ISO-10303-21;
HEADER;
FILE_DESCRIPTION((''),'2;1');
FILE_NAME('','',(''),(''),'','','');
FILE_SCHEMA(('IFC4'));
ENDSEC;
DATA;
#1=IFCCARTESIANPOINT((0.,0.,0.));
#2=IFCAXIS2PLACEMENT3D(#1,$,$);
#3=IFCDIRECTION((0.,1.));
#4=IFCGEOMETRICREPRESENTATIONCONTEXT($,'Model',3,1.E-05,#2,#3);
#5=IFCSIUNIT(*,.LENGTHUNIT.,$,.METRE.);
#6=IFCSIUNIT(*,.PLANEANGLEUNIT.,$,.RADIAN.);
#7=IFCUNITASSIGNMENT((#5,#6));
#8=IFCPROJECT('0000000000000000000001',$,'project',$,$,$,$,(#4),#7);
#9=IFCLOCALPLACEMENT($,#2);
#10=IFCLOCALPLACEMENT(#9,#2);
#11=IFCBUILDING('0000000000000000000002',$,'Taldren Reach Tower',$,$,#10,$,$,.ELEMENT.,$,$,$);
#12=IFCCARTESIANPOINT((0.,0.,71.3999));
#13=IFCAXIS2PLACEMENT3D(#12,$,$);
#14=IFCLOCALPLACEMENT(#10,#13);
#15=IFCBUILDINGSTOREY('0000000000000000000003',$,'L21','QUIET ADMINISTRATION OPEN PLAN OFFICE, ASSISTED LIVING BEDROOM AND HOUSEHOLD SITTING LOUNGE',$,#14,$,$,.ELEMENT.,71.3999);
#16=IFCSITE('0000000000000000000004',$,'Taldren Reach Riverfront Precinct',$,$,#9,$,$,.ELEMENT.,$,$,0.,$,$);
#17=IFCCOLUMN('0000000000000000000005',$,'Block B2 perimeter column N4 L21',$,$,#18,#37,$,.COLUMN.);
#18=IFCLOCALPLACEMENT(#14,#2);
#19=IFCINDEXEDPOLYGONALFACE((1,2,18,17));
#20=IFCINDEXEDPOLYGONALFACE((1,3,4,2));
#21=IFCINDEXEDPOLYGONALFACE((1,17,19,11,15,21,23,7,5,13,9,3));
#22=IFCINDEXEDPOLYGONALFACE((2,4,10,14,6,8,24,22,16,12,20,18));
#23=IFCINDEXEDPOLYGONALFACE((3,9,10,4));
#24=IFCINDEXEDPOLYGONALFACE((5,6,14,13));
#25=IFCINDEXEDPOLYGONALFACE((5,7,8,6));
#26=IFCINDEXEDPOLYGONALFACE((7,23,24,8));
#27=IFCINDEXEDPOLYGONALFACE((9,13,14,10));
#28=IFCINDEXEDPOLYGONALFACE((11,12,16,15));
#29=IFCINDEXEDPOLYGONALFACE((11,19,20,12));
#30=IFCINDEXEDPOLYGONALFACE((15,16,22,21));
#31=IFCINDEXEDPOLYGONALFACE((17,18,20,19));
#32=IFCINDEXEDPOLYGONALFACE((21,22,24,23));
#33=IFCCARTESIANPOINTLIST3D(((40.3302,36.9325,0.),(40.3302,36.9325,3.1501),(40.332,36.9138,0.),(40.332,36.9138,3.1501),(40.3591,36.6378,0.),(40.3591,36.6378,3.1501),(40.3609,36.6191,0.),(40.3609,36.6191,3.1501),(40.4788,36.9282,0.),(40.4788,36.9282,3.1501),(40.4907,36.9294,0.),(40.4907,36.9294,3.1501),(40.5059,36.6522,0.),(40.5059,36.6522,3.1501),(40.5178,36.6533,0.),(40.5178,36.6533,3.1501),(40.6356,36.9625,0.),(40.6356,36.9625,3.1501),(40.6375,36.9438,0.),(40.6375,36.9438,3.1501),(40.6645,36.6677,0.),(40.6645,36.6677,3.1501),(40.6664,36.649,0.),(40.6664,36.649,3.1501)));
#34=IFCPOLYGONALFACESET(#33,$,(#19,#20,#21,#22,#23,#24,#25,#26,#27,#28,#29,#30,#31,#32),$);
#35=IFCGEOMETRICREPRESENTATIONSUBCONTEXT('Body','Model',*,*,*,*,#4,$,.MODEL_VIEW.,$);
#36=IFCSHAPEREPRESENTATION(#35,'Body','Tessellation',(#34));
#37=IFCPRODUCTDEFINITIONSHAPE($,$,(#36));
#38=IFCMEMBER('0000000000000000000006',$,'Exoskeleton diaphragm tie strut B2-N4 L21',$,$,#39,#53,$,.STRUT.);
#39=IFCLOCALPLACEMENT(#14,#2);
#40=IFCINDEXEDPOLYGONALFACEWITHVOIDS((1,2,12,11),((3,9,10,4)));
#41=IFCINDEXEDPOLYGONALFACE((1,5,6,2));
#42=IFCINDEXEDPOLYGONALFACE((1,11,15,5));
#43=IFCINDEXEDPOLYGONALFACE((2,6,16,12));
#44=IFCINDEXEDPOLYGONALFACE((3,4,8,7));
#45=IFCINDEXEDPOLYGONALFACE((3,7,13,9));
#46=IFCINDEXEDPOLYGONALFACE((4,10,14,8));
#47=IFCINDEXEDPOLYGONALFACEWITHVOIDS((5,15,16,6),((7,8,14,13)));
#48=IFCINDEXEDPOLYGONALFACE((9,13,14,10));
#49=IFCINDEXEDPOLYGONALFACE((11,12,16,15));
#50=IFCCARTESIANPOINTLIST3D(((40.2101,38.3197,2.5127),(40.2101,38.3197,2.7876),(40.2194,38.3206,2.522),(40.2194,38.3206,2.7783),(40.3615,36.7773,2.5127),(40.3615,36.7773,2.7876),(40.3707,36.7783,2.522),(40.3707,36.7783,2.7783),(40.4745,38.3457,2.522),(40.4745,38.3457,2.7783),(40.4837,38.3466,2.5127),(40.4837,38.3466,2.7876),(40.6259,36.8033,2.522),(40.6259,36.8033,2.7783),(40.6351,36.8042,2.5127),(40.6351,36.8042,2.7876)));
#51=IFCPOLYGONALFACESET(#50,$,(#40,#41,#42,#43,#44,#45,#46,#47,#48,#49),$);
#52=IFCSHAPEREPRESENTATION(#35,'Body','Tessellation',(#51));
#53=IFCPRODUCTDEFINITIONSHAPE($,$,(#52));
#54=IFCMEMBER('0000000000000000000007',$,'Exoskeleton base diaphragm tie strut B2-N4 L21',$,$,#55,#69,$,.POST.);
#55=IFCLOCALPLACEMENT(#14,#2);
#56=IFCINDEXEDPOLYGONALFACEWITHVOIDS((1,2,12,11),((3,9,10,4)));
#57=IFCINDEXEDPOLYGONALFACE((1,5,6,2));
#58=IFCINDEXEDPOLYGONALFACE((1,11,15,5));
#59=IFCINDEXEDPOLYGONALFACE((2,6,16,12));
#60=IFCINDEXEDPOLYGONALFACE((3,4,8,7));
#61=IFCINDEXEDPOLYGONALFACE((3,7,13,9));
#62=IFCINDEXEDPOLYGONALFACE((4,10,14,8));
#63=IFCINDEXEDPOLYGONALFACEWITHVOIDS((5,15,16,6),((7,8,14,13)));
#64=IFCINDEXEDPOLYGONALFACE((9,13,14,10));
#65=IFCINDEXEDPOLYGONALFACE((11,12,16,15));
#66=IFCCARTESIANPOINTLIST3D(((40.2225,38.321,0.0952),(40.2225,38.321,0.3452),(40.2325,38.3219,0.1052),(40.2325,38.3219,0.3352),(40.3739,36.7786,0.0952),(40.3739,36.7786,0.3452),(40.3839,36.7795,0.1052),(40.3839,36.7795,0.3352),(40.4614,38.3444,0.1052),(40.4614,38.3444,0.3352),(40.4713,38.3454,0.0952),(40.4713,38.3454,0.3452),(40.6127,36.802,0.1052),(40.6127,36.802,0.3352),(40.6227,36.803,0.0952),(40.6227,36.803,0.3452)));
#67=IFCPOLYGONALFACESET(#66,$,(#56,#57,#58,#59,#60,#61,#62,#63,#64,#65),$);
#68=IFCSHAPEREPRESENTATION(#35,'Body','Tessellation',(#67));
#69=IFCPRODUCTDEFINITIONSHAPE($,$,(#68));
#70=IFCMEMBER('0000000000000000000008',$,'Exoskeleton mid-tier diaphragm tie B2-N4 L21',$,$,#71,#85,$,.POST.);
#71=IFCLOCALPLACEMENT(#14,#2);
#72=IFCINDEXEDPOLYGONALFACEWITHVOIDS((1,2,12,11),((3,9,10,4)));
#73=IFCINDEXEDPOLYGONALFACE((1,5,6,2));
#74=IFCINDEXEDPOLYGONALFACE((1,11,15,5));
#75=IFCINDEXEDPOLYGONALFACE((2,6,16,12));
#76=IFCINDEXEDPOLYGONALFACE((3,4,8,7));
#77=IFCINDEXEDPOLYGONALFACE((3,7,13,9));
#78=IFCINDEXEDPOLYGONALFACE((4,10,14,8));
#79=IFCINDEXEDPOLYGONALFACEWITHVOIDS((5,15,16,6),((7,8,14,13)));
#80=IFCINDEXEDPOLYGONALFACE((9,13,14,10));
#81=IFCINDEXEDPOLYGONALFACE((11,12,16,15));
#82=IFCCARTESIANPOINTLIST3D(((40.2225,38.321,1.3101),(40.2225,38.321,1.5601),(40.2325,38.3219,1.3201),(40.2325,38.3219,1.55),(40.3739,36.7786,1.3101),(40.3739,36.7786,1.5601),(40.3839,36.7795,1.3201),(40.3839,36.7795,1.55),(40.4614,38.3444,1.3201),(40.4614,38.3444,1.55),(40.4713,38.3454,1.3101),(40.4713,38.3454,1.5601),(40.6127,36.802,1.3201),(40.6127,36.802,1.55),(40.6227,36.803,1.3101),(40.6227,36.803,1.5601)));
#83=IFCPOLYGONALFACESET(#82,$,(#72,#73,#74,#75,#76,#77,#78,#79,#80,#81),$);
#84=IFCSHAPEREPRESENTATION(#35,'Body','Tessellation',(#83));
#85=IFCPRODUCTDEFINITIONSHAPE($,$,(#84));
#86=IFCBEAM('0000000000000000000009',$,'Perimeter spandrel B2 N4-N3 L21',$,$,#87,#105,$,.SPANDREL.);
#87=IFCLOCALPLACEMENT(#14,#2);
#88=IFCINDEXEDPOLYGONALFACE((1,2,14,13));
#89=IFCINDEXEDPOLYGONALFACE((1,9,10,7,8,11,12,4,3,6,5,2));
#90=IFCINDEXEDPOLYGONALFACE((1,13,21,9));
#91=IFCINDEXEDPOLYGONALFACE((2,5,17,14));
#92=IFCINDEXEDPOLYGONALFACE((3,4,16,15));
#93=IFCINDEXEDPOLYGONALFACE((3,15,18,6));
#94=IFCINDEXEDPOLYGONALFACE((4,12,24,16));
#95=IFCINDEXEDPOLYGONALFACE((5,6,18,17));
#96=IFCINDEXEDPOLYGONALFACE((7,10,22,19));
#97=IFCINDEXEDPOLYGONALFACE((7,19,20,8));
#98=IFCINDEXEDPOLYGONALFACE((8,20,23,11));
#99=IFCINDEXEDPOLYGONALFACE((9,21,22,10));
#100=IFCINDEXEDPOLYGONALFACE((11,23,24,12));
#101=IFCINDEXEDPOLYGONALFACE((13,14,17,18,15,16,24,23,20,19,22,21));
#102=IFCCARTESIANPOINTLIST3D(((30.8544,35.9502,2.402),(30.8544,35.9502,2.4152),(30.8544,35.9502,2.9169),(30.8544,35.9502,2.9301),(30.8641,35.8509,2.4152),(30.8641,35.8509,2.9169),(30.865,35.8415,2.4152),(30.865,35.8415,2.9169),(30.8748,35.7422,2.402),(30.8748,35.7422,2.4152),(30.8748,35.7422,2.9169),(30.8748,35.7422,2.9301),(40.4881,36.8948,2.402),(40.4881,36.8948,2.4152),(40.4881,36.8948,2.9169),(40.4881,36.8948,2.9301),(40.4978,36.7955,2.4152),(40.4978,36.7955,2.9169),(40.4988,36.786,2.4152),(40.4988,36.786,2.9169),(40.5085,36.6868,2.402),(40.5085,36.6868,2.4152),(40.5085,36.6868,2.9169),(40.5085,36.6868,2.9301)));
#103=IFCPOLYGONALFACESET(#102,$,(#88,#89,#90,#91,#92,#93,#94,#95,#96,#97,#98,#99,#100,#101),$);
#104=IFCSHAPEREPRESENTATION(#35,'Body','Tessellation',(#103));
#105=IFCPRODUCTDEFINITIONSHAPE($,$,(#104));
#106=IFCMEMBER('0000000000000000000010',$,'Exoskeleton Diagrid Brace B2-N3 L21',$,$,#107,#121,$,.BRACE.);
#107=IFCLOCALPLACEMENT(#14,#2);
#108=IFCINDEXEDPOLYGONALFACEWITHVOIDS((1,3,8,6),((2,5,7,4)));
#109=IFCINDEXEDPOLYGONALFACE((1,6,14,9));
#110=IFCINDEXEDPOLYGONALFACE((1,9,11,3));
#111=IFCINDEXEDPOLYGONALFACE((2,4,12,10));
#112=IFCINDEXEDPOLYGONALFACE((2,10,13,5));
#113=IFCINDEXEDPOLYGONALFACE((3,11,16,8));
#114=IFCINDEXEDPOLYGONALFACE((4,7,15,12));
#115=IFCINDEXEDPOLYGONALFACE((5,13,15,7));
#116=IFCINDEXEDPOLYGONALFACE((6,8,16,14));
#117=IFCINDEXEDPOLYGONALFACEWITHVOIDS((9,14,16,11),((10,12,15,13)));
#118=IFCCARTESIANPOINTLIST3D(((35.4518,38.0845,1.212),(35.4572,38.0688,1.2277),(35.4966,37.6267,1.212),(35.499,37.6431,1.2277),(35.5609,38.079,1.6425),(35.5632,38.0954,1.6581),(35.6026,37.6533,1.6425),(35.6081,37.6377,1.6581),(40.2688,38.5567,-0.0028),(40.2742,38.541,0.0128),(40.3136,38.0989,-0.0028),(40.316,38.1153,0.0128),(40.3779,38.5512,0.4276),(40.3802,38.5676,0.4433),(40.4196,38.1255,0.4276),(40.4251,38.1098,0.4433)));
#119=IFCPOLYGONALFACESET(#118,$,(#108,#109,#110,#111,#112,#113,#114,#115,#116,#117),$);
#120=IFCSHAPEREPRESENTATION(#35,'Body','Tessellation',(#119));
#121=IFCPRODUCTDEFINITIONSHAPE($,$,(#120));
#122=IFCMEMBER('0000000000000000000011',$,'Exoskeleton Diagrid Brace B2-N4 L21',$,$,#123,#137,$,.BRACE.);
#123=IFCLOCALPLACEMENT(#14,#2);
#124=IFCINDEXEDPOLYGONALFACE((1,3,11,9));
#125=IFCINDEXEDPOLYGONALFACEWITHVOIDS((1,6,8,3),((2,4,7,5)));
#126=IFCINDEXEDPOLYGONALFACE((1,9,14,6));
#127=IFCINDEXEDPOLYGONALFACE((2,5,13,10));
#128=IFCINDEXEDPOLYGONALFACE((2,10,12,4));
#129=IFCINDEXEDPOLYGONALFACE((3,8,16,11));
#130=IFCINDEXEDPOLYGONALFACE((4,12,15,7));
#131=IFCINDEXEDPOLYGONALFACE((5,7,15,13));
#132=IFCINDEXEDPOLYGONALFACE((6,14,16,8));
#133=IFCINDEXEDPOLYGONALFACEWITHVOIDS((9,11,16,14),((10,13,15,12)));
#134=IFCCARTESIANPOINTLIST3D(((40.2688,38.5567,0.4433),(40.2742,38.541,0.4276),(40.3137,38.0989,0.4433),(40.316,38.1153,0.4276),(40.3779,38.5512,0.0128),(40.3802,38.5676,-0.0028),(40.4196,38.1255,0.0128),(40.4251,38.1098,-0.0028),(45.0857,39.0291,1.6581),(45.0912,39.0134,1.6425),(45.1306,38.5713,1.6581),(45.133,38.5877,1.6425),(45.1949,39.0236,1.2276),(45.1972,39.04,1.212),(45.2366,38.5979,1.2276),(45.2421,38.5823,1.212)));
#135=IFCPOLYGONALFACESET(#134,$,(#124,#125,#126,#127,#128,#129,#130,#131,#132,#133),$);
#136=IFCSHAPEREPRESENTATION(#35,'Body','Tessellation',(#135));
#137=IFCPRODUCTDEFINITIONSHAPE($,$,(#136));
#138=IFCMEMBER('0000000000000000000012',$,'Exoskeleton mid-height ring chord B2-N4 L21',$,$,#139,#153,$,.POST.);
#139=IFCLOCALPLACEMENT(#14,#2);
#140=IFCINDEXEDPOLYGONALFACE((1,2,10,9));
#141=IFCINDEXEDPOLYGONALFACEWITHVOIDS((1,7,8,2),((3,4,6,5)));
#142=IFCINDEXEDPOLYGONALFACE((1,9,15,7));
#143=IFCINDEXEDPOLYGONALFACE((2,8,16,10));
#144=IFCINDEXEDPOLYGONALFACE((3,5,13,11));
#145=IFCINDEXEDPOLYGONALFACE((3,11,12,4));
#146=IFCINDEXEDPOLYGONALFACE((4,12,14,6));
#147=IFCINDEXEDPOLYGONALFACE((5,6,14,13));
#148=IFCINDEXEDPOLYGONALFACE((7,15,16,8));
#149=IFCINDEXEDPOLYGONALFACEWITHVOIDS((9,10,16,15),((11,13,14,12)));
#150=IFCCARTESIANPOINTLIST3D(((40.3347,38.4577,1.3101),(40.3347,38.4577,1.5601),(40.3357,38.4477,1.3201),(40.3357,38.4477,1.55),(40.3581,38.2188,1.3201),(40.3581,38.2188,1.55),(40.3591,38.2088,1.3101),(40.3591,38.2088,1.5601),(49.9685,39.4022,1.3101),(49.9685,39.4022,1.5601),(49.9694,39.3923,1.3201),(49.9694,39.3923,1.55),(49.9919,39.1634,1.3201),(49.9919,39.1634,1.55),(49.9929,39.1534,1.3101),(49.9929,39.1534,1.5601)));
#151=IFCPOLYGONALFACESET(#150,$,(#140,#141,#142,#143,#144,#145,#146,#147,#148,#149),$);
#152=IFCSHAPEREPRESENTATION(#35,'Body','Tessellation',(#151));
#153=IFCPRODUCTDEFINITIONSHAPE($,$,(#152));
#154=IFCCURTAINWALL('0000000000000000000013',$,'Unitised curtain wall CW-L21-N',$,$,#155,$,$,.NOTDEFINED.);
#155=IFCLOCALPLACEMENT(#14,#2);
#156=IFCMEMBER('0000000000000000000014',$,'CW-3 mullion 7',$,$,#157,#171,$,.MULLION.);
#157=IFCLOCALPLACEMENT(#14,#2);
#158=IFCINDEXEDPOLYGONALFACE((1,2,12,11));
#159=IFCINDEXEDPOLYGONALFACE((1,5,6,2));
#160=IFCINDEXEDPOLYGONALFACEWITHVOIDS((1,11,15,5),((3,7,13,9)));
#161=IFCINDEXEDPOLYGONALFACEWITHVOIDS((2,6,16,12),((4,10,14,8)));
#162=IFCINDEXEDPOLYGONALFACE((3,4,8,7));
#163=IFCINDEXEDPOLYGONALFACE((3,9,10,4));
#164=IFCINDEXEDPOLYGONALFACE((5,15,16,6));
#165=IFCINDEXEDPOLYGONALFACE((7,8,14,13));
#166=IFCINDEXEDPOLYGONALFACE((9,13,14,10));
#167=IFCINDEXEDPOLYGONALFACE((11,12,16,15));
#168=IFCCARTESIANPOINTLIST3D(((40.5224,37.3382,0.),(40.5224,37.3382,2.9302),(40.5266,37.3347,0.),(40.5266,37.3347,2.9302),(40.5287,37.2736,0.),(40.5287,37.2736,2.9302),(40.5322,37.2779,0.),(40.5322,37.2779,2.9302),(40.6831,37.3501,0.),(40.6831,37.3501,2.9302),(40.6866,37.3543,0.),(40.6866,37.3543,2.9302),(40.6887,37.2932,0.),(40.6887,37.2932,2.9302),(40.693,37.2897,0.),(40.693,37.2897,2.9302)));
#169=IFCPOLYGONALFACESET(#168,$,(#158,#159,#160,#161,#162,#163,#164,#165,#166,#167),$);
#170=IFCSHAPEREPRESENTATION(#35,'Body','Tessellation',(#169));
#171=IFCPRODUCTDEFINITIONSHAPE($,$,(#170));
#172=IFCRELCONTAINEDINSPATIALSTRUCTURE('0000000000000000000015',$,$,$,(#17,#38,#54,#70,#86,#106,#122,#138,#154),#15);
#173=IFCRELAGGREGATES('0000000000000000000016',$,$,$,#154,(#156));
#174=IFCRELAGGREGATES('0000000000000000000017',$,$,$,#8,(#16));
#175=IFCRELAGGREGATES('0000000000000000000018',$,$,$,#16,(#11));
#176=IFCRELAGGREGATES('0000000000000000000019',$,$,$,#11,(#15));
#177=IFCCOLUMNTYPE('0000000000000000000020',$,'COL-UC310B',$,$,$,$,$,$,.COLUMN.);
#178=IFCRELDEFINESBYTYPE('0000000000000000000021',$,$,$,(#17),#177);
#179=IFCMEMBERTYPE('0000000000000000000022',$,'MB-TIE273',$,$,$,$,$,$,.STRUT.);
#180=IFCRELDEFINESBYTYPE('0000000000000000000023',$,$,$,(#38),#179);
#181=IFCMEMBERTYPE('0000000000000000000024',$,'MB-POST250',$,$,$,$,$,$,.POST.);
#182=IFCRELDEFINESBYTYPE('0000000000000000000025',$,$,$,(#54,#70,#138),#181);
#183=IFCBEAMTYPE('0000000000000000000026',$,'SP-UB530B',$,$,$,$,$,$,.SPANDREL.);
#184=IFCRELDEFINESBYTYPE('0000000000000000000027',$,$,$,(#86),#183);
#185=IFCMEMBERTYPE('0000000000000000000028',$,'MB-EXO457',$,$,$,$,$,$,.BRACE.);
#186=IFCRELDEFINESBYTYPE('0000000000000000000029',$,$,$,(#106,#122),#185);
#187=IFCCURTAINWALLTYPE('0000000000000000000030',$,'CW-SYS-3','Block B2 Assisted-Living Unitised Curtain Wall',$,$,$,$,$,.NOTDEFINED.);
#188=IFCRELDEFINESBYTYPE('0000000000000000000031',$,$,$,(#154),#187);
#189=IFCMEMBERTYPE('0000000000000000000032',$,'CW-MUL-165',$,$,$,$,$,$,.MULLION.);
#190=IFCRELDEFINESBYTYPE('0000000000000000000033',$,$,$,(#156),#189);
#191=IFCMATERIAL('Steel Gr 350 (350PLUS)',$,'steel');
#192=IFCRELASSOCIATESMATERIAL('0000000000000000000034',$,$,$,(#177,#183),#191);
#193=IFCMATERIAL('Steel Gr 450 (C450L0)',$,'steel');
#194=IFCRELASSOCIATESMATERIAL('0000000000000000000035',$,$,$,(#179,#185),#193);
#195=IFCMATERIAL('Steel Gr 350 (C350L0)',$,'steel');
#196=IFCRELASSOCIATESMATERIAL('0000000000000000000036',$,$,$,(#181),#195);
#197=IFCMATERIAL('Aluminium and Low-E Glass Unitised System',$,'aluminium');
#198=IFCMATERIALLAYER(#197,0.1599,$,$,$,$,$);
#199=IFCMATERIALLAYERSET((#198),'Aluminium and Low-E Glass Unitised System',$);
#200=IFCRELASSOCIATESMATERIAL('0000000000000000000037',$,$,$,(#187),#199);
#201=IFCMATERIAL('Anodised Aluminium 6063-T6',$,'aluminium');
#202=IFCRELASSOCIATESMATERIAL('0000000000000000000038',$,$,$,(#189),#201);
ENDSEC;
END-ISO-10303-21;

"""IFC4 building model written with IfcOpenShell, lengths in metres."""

from ifc_helpers import new_model, si_unit, direction, frame, origin, origin_2d, place, context, subcontext, project, spatial, hollow_rectangle, i_section, extrude, source, transform, mapped, material, layer, layer_set, material_profile, profile_set, type_object, element, aggregate, save


model = new_model("IFC4")

# Units and contexts
model_context = context("Model", 3, precision=1e-05, world=origin(), true_north=direction((0.0, 1.0)))
body_context = subcontext(model_context, "Body", "Model", "MODEL_VIEW")
ifc_project = project(units=[si_unit("LENGTHUNIT", "METRE"), si_unit("PLANEANGLEUNIT", "RADIAN")], contexts=[model_context])

# Site, building, storey
site_placement = place(None, origin())
site = spatial("IfcSite", under=ifc_project, at=site_placement, Name="Taldren Reach Riverfront Precinct", CompositionType="ELEMENT", RefElevation=0.0)
building_placement = place(site_placement, origin())
building = spatial("IfcBuilding", under=site, at=building_placement, Name="Taldren Reach Tower", CompositionType="ELEMENT")
storey_placement = place(building_placement, frame((0.0, 0.0, 71.3999)))
storey = spatial("IfcBuildingStorey", under=building, at=storey_placement, Name="L21", Description="QUIET ADMINISTRATION OPEN PLAN OFFICE, ASSISTED LIVING BEDROOM AND HOUSEHOLD SITTING LOUNGE", CompositionType="ELEMENT", Elevation=71.3999)

# Column
ifc_material_1 = material(Name="Steel Gr 350 (350PLUS)", Category="steel")
ifc_material_profile_1 = material_profile(ifc_material_1, i_section(OverallWidth=0.3069, OverallDepth=0.3149, WebThickness=0.012, FlangeThickness=0.0188, at=origin_2d()), Name="310UC118")
ifc_profile_set_1 = profile_set([ifc_material_profile_1], Name="Steel Gr 350 (350PLUS)")
column_type = type_object("IfcColumnType", Name="COL-UC310B", PredefinedType="COLUMN", material=ifc_profile_set_1)
shared_shape_1 = source(origin(), body_context, "Body", "SweptSolid", [
    extrude(i_section(OverallWidth=0.3069, OverallDepth=0.3149, WebThickness=0.012, FlangeThickness=0.0188, at=origin_2d()), origin(), (0.0, 0.0, 1.0), 3.1501),
])
column_placement = place(storey_placement, frame((40.4983, 36.7908, 0.0), z_axis=(0.0, 0.0, 1.0), x_axis=(0.995227, 0.097583, 0.0)))
element("IfcColumn", 1, at=column_placement, inside=storey, type_object=column_type, Name="Block B2 perimeter column N4 L21", PredefinedType="COLUMN", context=body_context, shape_type="MappedRepresentation", body=[
    mapped(shared_shape_1, transform((0.0, 0.0, 0.0), scale=1.0)),
])

# Members
ifc_material_2 = material(Name="Steel Gr 450 (C450L0)", Category="steel")
ifc_material_profile_2 = material_profile(ifc_material_2, hollow_rectangle(XDim=0.2749, YDim=0.2749, WallThickness=0.0093, at=origin_2d()), Name="275x275x9.3SHS")
ifc_profile_set_2 = profile_set([ifc_material_profile_2], Name="Steel Gr 450 (C450L0)")
member_type_1 = type_object("IfcMemberType", Name="MB-TIE273", PredefinedType="STRUT", material=ifc_profile_set_2)
shared_shape_2 = source(origin(), body_context, "Body", "SweptSolid", [
    extrude(hollow_rectangle(XDim=0.2749, YDim=0.2749, WallThickness=0.0093, at=origin_2d()), origin(), (0.0, 0.0, 1.0), 1.5498),
])
member_1_placement = place(storey_placement, frame((40.4983, 36.7908, 2.6501), z_axis=(-0.097663, 0.99522, 0.0), x_axis=(-0.99522, -0.097663, 0.0)))
element("IfcMember", 2, at=member_1_placement, inside=storey, type_object=member_type_1, Name="Exoskeleton diaphragm tie strut B2-N4 L21", PredefinedType="STRUT", context=body_context, shape_type="MappedRepresentation", body=[
    mapped(shared_shape_2, transform((0.0, 0.0, 0.0), scale=1.0)),
])
ifc_material_3 = material(Name="Steel Gr 350 (C350L0)", Category="steel")
ifc_material_profile_3 = material_profile(ifc_material_3, hollow_rectangle(XDim=0.25, YDim=0.25, WallThickness=0.01, at=origin_2d()), Name="250x250x10.0SHS")
ifc_profile_set_3 = profile_set([ifc_material_profile_3], Name="Steel Gr 350 (C350L0)")
member_type_2 = type_object("IfcMemberType", Name="MB-POST250", PredefinedType="POST", material=ifc_profile_set_3)
shared_shape_3 = source(origin(), body_context, "Body", "SweptSolid", [
    extrude(hollow_rectangle(XDim=0.25, YDim=0.25, WallThickness=0.01, at=origin_2d()), origin(), (0.0, 0.0, 1.0), 1.5498),
])
for number, where, z_axis, x_axis, name in (
    (3, (40.4983, 36.7908, 0.2202), (-0.097663, 0.99522, 0.0), (-0.99522, -0.097663, 0.0), "Exoskeleton base diaphragm tie strut B2-N4 L21"),
    (4, (40.4983, 36.7908, 1.4351), (-0.097663, 0.99522, 0.0), (-0.99522, -0.097663, 0.0), "Exoskeleton mid-tier diaphragm tie B2-N4 L21"),
):
    element("IfcMember", number, at=place(storey_placement, frame(where, z_axis=z_axis, x_axis=x_axis)), inside=storey, type_object=member_type_2, Name=name, PredefinedType="POST", context=body_context, shape_type="MappedRepresentation", body=[
        mapped(shared_shape_3, transform((0.0, 0.0, 0.0), scale=1.0)),
    ])

# Beam
ifc_material_profile_4 = material_profile(ifc_material_1, i_section(OverallWidth=0.209, OverallDepth=0.5281, WebThickness=0.0095, FlangeThickness=0.0132, at=origin_2d()), Name="530UB82.0")
ifc_profile_set_4 = profile_set([ifc_material_profile_4], Name="Steel Gr 350 (350PLUS)")
beam_type = type_object("IfcBeamType", Name="SP-UB530B", PredefinedType="SPANDREL", material=ifc_profile_set_4)
shared_shape_4 = source(origin(), body_context, "Body", "SweptSolid", [
    extrude(i_section(OverallWidth=0.209, OverallDepth=0.5281, WebThickness=0.0095, FlangeThickness=0.0132, at=origin_2d()), origin(), (0.0, 0.0, 1.0), 9.6799),
])
beam_placement = place(storey_placement, frame((40.4983, 36.7908, 2.666), z_axis=(-0.995228, -0.097581, 0.0), x_axis=(0.097581, -0.995228, 0.0)))
element("IfcBeam", 5, at=beam_placement, inside=storey, type_object=beam_type, Name="Perimeter spandrel B2 N4-N3 L21", PredefinedType="SPANDREL", context=body_context, shape_type="MappedRepresentation", body=[
    mapped(shared_shape_4, transform((0.0, 0.0, 0.0), scale=1.0)),
])

# Members
ifc_material_profile_5 = material_profile(ifc_material_2, hollow_rectangle(XDim=0.46, YDim=0.46, WallThickness=0.0161, at=origin_2d()), Name="460x460x16.0SHS")
ifc_profile_set_5 = profile_set([ifc_material_profile_5], Name="Steel Gr 450 (C450L0)")
member_type_3 = type_object("IfcMemberType", Name="MB-EXO457", PredefinedType="BRACE", material=ifc_profile_set_5)
shared_shape_5 = source(origin(), body_context, "Body", "SweptSolid", [
    extrude(hollow_rectangle(XDim=0.46, YDim=0.46, WallThickness=0.0161, at=origin_2d()), origin(), (0.0, 0.0, 1.0), 4.9902),
])
for number, where, z_axis, x_axis, name in (
    (6, (40.3469, 38.3333, 0.2202), (-0.965287, -0.094621, 0.24345), (0.097556, -0.99523, 0.0), "Exoskeleton Diagrid Brace B2-N3 L21"),
    (7, (40.3469, 38.3333, 0.2202), (0.965283, 0.094669, 0.243449), (-0.097606, 0.995225, 0.0), "Exoskeleton Diagrid Brace B2-N4 L21"),
):
    element("IfcMember", number, at=place(storey_placement, frame(where, z_axis=z_axis, x_axis=x_axis)), inside=storey, type_object=member_type_3, Name=name, PredefinedType="BRACE", context=body_context, shape_type="MappedRepresentation", body=[
        mapped(shared_shape_5, transform((0.0, 0.0, 0.0), scale=1.0)),
    ])
shared_shape_6 = source(origin(), body_context, "Body", "SweptSolid", [
    extrude(hollow_rectangle(XDim=0.25, YDim=0.25, WallThickness=0.01, at=origin_2d()), origin(), (0.0, 0.0, 1.0), 9.6799),
])
member_2_placement = place(storey_placement, frame((40.3469, 38.3333, 1.4351), z_axis=(0.995228, 0.097581, 0.0), x_axis=(-0.097581, 0.995228, 0.0)))
element("IfcMember", 8, at=member_2_placement, inside=storey, type_object=member_type_2, Name="Exoskeleton mid-height ring chord B2-N4 L21", PredefinedType="POST", context=body_context, shape_type="MappedRepresentation", body=[
    mapped(shared_shape_6, transform((0.0, 0.0, 0.0), scale=1.0)),
])

# Curtain wall, member
ifc_material_4 = material(Name="Aluminium and Low-E Glass Unitised System", Category="aluminium")
ifc_layer_1 = layer(ifc_material_4, 0.1599)
ifc_layer_set_1 = layer_set([ifc_layer_1], Name="Aluminium and Low-E Glass Unitised System")
curtain_wall_type = type_object("IfcCurtainWallType", Name="CW-SYS-3", Description="Block B2 Assisted-Living Unitised Curtain Wall", PredefinedType="NOTDEFINED", material=ifc_layer_set_1)
curtain_wall_placement = place(storey_placement, origin())
curtain_wall = element("IfcCurtainWall", 9, at=curtain_wall_placement, inside=storey, type_object=curtain_wall_type, Name="Unitised curtain wall CW-L21-N", PredefinedType="NOTDEFINED")
ifc_material_5 = material(Name="Anodised Aluminium 6063-T6", Category="aluminium")
ifc_material_profile_6 = material_profile(ifc_material_5, hollow_rectangle(XDim=0.0649, YDim=0.165, WallThickness=0.0039, at=origin_2d()), Name="ALU-165x65x4RHS")
ifc_profile_set_6 = profile_set([ifc_material_profile_6], Name="Anodised Aluminium 6063-T6")
member_type_4 = type_object("IfcMemberType", Name="CW-MUL-165", PredefinedType="MULLION", material=ifc_profile_set_6)
shared_shape_7 = source(origin(), body_context, "Body", "SweptSolid", [
    extrude(hollow_rectangle(XDim=0.0649, YDim=0.165, WallThickness=0.0039, at=origin_2d()), origin(), (0.0, 0.0, 1.0), 2.9302),
])
member_3_placement = place(storey_placement, frame((40.6077, 37.314, 0.0), z_axis=(0.0, 0.0, 1.0), x_axis=(0.097583, -0.995227, 0.0)))
member_3 = element("IfcMember", 10, at=member_3_placement, type_object=member_type_4, Name="CW-3 mullion 7", PredefinedType="MULLION", context=body_context, shape_type="MappedRepresentation", body=[
    mapped(shared_shape_7, transform((0.0, 0.0, 0.0), scale=1.0)),
])

aggregate(curtain_wall, [member_3])

save(model, "model.ifc")
